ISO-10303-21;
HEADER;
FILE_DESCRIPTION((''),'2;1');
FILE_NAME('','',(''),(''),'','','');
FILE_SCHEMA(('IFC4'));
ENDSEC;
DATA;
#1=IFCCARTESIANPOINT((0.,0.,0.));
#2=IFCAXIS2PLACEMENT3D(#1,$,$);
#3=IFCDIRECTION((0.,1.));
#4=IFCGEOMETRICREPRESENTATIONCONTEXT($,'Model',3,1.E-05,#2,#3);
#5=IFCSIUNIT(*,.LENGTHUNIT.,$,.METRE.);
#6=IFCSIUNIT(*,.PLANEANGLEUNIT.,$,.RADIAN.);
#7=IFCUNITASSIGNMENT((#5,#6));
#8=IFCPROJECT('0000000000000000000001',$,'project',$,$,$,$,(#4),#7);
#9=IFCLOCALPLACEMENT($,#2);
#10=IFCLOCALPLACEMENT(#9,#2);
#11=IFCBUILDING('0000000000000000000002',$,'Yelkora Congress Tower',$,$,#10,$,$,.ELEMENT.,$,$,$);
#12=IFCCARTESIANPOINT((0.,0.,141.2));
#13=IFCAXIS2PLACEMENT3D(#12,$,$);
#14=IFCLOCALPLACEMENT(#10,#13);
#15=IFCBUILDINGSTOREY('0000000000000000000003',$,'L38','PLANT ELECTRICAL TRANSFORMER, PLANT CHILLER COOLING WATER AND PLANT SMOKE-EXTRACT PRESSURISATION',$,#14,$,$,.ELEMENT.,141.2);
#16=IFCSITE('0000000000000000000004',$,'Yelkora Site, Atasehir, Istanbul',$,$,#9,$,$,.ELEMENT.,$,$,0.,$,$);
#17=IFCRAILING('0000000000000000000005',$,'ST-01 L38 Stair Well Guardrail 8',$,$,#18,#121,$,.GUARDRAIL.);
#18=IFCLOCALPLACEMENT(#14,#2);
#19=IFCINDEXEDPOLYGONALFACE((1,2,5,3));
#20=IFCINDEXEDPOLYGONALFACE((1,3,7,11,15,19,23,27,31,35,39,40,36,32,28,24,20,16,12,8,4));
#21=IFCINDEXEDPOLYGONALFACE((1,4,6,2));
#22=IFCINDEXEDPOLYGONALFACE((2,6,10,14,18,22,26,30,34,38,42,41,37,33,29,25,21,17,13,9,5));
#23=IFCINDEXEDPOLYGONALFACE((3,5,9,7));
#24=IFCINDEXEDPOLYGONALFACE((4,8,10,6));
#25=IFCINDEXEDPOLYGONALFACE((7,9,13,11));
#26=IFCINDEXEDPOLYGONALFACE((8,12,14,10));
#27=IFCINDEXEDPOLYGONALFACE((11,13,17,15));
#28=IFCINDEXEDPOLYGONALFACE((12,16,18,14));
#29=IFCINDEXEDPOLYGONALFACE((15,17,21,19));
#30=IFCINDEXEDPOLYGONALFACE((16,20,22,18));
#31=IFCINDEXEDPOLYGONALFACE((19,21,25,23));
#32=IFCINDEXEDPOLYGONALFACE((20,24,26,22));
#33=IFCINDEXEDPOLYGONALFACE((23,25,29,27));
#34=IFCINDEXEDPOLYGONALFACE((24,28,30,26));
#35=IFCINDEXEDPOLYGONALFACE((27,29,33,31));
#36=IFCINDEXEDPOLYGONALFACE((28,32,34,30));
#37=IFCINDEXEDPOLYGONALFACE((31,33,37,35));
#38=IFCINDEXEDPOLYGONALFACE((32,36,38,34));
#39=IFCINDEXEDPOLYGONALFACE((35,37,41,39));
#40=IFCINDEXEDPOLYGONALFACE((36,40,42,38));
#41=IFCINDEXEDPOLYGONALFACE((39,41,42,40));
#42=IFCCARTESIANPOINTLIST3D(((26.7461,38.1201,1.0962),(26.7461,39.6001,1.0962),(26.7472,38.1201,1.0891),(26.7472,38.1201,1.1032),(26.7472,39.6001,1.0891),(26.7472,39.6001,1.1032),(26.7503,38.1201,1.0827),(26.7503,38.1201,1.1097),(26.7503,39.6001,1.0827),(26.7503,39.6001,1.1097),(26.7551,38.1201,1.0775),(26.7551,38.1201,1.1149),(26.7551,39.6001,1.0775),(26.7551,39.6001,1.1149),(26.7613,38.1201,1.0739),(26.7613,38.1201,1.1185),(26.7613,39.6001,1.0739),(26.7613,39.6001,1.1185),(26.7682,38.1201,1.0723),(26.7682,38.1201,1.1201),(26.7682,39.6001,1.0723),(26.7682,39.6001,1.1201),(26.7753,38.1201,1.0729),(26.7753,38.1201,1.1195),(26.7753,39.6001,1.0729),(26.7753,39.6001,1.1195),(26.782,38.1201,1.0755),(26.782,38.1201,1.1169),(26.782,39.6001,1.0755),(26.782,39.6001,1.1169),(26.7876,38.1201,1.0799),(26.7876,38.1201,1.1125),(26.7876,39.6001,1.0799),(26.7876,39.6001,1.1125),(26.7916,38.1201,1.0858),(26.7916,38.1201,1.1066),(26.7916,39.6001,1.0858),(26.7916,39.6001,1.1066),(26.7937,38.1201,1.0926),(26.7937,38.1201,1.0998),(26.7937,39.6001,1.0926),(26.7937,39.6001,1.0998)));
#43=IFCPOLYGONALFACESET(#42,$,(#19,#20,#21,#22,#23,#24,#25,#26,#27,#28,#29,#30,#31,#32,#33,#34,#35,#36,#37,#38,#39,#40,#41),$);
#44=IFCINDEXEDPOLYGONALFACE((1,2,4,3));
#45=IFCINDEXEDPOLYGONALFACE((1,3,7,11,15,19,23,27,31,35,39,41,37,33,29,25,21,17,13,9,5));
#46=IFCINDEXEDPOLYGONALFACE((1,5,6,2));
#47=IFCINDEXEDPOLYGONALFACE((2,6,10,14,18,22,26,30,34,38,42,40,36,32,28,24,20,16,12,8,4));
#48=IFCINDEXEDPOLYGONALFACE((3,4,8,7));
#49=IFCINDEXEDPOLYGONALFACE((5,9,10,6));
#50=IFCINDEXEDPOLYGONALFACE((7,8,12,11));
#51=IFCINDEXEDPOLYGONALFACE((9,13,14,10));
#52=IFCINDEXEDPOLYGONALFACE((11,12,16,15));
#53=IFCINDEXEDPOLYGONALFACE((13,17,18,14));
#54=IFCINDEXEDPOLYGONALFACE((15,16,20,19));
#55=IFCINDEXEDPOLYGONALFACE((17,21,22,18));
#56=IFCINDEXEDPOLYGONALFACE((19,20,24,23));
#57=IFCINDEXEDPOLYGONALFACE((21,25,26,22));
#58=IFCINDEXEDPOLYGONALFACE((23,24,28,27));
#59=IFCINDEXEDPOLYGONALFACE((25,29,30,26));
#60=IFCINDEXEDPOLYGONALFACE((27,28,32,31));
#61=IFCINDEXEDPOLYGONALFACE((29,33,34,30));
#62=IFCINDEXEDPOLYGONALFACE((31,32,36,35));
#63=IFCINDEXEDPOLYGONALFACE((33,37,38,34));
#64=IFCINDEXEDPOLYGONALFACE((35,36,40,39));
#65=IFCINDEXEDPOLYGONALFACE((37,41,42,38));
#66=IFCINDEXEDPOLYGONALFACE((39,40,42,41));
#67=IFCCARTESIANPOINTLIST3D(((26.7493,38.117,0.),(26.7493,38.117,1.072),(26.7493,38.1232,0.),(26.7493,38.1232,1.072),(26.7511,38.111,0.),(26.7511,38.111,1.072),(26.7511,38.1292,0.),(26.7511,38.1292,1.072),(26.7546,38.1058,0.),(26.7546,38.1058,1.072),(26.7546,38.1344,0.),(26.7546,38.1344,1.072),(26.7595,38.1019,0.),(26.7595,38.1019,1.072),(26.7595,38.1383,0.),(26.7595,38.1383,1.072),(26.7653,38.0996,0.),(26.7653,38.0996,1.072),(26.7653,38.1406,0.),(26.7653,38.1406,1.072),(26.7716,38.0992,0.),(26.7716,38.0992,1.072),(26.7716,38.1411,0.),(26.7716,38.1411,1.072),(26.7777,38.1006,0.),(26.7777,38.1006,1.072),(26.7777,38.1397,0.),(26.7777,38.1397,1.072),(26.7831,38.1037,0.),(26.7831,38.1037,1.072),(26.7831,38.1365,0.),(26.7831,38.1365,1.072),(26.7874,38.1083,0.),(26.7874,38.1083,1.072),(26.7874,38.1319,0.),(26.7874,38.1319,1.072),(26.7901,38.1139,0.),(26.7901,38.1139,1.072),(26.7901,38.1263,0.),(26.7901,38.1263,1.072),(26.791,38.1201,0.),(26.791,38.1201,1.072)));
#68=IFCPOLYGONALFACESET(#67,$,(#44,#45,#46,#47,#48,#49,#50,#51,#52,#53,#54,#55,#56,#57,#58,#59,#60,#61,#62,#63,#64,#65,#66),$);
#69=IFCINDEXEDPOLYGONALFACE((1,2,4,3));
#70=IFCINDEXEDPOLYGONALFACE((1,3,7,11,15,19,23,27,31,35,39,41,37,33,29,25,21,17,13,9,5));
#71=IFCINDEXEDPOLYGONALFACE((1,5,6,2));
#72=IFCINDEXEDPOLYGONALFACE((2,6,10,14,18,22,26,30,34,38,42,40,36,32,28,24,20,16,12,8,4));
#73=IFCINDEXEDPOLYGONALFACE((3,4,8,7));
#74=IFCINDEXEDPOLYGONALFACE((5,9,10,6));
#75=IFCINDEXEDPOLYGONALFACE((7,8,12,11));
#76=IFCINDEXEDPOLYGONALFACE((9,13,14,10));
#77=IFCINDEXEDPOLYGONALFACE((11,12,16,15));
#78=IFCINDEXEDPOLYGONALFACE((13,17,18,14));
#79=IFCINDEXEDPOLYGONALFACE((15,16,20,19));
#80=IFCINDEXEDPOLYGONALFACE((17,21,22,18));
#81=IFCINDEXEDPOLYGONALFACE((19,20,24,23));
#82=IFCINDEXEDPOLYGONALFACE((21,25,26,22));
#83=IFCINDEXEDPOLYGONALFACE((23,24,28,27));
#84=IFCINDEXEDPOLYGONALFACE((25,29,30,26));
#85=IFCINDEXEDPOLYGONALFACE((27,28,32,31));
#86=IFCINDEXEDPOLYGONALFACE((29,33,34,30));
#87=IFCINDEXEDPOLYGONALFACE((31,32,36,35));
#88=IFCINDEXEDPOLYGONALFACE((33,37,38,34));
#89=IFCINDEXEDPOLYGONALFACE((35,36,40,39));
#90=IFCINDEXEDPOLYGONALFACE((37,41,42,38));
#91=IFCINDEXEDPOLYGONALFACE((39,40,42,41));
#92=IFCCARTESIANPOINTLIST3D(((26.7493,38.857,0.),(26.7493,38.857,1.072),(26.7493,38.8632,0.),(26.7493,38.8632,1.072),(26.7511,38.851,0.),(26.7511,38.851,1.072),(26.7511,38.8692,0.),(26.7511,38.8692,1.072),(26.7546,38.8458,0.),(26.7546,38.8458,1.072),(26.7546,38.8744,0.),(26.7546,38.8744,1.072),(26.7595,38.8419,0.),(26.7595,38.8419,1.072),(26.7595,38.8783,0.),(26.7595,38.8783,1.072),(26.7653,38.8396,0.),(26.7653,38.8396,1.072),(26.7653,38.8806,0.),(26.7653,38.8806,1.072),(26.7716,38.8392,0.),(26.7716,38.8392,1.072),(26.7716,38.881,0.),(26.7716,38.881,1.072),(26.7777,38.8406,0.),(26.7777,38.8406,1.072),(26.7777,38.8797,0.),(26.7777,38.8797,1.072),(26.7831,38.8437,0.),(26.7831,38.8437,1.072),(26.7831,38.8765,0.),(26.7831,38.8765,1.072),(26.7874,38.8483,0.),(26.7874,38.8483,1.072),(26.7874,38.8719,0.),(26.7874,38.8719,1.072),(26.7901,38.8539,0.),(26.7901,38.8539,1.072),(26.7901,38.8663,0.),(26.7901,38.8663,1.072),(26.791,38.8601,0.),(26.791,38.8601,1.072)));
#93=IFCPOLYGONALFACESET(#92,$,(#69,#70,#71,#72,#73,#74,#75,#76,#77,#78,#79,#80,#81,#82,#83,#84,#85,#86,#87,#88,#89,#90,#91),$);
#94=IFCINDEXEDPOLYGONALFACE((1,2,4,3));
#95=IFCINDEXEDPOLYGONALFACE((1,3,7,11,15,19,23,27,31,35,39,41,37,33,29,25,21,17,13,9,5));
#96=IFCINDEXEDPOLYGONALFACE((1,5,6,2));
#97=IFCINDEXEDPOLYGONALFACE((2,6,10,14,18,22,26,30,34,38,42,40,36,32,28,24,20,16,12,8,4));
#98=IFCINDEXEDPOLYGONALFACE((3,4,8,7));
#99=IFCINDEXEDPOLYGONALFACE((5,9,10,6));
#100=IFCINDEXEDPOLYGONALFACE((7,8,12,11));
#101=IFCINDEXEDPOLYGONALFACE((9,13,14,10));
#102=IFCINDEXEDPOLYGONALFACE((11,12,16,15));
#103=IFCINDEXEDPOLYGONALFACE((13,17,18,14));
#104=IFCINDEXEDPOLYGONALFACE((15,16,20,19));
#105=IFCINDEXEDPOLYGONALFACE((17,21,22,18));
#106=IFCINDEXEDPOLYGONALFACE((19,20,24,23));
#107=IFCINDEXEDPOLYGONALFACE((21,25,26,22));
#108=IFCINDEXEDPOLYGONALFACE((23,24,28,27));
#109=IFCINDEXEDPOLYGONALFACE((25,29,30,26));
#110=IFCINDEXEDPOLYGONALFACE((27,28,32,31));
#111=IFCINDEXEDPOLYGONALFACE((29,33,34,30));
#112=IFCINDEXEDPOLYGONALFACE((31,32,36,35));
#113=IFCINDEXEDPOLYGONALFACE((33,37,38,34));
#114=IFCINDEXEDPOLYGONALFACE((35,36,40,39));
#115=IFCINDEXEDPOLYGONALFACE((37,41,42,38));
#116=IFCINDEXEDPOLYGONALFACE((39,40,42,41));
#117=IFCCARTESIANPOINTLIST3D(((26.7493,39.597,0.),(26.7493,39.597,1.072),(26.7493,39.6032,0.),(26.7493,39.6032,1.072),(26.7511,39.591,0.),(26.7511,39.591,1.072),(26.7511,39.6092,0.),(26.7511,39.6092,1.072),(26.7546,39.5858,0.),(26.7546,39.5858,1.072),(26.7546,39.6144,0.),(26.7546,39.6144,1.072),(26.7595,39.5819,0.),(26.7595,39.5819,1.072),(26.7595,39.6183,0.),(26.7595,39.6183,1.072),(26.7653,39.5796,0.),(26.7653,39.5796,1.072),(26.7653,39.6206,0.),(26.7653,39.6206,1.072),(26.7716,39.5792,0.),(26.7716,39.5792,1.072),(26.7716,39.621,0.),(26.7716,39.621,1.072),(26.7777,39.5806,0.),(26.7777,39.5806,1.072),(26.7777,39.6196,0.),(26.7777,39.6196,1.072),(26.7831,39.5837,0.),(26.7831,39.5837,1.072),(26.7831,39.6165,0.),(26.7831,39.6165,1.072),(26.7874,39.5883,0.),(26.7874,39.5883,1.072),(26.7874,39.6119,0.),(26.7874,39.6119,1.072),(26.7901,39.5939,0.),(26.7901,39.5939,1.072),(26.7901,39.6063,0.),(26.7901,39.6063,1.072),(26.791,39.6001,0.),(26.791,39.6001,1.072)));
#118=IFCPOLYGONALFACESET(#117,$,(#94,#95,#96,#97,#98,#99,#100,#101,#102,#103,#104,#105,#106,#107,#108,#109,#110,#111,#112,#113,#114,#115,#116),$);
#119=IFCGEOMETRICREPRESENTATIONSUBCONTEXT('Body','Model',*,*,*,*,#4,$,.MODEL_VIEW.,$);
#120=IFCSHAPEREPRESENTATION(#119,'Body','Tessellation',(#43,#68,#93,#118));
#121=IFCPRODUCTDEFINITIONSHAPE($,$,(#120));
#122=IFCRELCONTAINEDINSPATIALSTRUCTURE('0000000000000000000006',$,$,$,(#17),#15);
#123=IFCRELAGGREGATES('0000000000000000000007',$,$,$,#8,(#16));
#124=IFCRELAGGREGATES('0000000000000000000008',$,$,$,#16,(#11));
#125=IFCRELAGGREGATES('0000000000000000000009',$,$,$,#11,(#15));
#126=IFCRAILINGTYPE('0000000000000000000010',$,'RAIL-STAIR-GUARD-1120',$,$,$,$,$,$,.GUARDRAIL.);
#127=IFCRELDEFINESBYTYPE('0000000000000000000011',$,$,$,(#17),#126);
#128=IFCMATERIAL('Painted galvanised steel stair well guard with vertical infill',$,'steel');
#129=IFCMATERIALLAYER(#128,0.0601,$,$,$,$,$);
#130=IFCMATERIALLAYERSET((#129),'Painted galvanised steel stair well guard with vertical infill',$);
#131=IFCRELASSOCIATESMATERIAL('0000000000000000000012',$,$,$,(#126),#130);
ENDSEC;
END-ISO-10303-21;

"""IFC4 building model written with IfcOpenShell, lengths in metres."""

from ifc_helpers import new_model, si_unit, direction, frame, origin, origin_2d, place, context, subcontext, project, spatial, circle, extrude, material, layer, layer_set, type_object, element, save


model = new_model("IFC4")

# Units and contexts
model_context = context("Model", 3, precision=1e-05, world=origin(), true_north=direction((0.0, 1.0)))
body_context = subcontext(model_context, "Body", "Model", "MODEL_VIEW")
ifc_project = project(units=[si_unit("LENGTHUNIT", "METRE"), si_unit("PLANEANGLEUNIT", "RADIAN")], contexts=[model_context])

# Site, building, storey
site_placement = place(None, origin())
site = spatial("IfcSite", under=ifc_project, at=site_placement, Name="Yelkora Site, Atasehir, Istanbul", CompositionType="ELEMENT", RefElevation=0.0)
building_placement = place(site_placement, origin())
building = spatial("IfcBuilding", under=site, at=building_placement, Name="Yelkora Congress Tower", CompositionType="ELEMENT")
storey_placement = place(building_placement, frame((0.0, 0.0, 141.2)))
storey = spatial("IfcBuildingStorey", under=building, at=storey_placement, Name="L38", Description="PLANT ELECTRICAL TRANSFORMER, PLANT CHILLER COOLING WATER AND PLANT SMOKE-EXTRACT PRESSURISATION", CompositionType="ELEMENT", Elevation=141.2)

# Railing
ifc_material_1 = material(Name="Painted galvanised steel stair well guard with vertical infill", Category="steel")
ifc_layer_1 = layer(ifc_material_1, 0.0601)
ifc_layer_set_1 = layer_set([ifc_layer_1], Name="Painted galvanised steel stair well guard with vertical infill")
railing_type_1 = type_object("IfcRailingType", Name="RAIL-STAIR-GUARD-1120", PredefinedType="GUARDRAIL", material=ifc_layer_set_1)
railing_1_placement = place(storey_placement, frame((26.77, 38.1201, 0.0)))
element("IfcRailing", 1, at=railing_1_placement, inside=storey, type_object=railing_type_1, Name="ST-01 L38 Stair Well Guardrail 8", PredefinedType="GUARDRAIL", context=body_context, shape_type="SweptSolid", body=[
    extrude(circle(Radius=0.0239, at=origin_2d()), frame((0.0, 0.0, 1.0962), z_axis=(0.0, 1.0, 0.0), x_axis=(-1.0, 0.0, 0.0)), (0.0, 0.0, 1.0), 1.48),
    extrude(circle(Radius=0.021, at=origin_2d()), origin(), (0.0, 0.0, 1.0), 1.072),
    extrude(circle(Radius=0.021, at=origin_2d()), frame((0.0, 0.74, 0.0)), (0.0, 0.0, 1.0), 1.072),
    extrude(circle(Radius=0.021, at=origin_2d()), frame((0.0, 1.48, 0.0)), (0.0, 0.0, 1.0), 1.072),
])

save(model, "model.ifc")
